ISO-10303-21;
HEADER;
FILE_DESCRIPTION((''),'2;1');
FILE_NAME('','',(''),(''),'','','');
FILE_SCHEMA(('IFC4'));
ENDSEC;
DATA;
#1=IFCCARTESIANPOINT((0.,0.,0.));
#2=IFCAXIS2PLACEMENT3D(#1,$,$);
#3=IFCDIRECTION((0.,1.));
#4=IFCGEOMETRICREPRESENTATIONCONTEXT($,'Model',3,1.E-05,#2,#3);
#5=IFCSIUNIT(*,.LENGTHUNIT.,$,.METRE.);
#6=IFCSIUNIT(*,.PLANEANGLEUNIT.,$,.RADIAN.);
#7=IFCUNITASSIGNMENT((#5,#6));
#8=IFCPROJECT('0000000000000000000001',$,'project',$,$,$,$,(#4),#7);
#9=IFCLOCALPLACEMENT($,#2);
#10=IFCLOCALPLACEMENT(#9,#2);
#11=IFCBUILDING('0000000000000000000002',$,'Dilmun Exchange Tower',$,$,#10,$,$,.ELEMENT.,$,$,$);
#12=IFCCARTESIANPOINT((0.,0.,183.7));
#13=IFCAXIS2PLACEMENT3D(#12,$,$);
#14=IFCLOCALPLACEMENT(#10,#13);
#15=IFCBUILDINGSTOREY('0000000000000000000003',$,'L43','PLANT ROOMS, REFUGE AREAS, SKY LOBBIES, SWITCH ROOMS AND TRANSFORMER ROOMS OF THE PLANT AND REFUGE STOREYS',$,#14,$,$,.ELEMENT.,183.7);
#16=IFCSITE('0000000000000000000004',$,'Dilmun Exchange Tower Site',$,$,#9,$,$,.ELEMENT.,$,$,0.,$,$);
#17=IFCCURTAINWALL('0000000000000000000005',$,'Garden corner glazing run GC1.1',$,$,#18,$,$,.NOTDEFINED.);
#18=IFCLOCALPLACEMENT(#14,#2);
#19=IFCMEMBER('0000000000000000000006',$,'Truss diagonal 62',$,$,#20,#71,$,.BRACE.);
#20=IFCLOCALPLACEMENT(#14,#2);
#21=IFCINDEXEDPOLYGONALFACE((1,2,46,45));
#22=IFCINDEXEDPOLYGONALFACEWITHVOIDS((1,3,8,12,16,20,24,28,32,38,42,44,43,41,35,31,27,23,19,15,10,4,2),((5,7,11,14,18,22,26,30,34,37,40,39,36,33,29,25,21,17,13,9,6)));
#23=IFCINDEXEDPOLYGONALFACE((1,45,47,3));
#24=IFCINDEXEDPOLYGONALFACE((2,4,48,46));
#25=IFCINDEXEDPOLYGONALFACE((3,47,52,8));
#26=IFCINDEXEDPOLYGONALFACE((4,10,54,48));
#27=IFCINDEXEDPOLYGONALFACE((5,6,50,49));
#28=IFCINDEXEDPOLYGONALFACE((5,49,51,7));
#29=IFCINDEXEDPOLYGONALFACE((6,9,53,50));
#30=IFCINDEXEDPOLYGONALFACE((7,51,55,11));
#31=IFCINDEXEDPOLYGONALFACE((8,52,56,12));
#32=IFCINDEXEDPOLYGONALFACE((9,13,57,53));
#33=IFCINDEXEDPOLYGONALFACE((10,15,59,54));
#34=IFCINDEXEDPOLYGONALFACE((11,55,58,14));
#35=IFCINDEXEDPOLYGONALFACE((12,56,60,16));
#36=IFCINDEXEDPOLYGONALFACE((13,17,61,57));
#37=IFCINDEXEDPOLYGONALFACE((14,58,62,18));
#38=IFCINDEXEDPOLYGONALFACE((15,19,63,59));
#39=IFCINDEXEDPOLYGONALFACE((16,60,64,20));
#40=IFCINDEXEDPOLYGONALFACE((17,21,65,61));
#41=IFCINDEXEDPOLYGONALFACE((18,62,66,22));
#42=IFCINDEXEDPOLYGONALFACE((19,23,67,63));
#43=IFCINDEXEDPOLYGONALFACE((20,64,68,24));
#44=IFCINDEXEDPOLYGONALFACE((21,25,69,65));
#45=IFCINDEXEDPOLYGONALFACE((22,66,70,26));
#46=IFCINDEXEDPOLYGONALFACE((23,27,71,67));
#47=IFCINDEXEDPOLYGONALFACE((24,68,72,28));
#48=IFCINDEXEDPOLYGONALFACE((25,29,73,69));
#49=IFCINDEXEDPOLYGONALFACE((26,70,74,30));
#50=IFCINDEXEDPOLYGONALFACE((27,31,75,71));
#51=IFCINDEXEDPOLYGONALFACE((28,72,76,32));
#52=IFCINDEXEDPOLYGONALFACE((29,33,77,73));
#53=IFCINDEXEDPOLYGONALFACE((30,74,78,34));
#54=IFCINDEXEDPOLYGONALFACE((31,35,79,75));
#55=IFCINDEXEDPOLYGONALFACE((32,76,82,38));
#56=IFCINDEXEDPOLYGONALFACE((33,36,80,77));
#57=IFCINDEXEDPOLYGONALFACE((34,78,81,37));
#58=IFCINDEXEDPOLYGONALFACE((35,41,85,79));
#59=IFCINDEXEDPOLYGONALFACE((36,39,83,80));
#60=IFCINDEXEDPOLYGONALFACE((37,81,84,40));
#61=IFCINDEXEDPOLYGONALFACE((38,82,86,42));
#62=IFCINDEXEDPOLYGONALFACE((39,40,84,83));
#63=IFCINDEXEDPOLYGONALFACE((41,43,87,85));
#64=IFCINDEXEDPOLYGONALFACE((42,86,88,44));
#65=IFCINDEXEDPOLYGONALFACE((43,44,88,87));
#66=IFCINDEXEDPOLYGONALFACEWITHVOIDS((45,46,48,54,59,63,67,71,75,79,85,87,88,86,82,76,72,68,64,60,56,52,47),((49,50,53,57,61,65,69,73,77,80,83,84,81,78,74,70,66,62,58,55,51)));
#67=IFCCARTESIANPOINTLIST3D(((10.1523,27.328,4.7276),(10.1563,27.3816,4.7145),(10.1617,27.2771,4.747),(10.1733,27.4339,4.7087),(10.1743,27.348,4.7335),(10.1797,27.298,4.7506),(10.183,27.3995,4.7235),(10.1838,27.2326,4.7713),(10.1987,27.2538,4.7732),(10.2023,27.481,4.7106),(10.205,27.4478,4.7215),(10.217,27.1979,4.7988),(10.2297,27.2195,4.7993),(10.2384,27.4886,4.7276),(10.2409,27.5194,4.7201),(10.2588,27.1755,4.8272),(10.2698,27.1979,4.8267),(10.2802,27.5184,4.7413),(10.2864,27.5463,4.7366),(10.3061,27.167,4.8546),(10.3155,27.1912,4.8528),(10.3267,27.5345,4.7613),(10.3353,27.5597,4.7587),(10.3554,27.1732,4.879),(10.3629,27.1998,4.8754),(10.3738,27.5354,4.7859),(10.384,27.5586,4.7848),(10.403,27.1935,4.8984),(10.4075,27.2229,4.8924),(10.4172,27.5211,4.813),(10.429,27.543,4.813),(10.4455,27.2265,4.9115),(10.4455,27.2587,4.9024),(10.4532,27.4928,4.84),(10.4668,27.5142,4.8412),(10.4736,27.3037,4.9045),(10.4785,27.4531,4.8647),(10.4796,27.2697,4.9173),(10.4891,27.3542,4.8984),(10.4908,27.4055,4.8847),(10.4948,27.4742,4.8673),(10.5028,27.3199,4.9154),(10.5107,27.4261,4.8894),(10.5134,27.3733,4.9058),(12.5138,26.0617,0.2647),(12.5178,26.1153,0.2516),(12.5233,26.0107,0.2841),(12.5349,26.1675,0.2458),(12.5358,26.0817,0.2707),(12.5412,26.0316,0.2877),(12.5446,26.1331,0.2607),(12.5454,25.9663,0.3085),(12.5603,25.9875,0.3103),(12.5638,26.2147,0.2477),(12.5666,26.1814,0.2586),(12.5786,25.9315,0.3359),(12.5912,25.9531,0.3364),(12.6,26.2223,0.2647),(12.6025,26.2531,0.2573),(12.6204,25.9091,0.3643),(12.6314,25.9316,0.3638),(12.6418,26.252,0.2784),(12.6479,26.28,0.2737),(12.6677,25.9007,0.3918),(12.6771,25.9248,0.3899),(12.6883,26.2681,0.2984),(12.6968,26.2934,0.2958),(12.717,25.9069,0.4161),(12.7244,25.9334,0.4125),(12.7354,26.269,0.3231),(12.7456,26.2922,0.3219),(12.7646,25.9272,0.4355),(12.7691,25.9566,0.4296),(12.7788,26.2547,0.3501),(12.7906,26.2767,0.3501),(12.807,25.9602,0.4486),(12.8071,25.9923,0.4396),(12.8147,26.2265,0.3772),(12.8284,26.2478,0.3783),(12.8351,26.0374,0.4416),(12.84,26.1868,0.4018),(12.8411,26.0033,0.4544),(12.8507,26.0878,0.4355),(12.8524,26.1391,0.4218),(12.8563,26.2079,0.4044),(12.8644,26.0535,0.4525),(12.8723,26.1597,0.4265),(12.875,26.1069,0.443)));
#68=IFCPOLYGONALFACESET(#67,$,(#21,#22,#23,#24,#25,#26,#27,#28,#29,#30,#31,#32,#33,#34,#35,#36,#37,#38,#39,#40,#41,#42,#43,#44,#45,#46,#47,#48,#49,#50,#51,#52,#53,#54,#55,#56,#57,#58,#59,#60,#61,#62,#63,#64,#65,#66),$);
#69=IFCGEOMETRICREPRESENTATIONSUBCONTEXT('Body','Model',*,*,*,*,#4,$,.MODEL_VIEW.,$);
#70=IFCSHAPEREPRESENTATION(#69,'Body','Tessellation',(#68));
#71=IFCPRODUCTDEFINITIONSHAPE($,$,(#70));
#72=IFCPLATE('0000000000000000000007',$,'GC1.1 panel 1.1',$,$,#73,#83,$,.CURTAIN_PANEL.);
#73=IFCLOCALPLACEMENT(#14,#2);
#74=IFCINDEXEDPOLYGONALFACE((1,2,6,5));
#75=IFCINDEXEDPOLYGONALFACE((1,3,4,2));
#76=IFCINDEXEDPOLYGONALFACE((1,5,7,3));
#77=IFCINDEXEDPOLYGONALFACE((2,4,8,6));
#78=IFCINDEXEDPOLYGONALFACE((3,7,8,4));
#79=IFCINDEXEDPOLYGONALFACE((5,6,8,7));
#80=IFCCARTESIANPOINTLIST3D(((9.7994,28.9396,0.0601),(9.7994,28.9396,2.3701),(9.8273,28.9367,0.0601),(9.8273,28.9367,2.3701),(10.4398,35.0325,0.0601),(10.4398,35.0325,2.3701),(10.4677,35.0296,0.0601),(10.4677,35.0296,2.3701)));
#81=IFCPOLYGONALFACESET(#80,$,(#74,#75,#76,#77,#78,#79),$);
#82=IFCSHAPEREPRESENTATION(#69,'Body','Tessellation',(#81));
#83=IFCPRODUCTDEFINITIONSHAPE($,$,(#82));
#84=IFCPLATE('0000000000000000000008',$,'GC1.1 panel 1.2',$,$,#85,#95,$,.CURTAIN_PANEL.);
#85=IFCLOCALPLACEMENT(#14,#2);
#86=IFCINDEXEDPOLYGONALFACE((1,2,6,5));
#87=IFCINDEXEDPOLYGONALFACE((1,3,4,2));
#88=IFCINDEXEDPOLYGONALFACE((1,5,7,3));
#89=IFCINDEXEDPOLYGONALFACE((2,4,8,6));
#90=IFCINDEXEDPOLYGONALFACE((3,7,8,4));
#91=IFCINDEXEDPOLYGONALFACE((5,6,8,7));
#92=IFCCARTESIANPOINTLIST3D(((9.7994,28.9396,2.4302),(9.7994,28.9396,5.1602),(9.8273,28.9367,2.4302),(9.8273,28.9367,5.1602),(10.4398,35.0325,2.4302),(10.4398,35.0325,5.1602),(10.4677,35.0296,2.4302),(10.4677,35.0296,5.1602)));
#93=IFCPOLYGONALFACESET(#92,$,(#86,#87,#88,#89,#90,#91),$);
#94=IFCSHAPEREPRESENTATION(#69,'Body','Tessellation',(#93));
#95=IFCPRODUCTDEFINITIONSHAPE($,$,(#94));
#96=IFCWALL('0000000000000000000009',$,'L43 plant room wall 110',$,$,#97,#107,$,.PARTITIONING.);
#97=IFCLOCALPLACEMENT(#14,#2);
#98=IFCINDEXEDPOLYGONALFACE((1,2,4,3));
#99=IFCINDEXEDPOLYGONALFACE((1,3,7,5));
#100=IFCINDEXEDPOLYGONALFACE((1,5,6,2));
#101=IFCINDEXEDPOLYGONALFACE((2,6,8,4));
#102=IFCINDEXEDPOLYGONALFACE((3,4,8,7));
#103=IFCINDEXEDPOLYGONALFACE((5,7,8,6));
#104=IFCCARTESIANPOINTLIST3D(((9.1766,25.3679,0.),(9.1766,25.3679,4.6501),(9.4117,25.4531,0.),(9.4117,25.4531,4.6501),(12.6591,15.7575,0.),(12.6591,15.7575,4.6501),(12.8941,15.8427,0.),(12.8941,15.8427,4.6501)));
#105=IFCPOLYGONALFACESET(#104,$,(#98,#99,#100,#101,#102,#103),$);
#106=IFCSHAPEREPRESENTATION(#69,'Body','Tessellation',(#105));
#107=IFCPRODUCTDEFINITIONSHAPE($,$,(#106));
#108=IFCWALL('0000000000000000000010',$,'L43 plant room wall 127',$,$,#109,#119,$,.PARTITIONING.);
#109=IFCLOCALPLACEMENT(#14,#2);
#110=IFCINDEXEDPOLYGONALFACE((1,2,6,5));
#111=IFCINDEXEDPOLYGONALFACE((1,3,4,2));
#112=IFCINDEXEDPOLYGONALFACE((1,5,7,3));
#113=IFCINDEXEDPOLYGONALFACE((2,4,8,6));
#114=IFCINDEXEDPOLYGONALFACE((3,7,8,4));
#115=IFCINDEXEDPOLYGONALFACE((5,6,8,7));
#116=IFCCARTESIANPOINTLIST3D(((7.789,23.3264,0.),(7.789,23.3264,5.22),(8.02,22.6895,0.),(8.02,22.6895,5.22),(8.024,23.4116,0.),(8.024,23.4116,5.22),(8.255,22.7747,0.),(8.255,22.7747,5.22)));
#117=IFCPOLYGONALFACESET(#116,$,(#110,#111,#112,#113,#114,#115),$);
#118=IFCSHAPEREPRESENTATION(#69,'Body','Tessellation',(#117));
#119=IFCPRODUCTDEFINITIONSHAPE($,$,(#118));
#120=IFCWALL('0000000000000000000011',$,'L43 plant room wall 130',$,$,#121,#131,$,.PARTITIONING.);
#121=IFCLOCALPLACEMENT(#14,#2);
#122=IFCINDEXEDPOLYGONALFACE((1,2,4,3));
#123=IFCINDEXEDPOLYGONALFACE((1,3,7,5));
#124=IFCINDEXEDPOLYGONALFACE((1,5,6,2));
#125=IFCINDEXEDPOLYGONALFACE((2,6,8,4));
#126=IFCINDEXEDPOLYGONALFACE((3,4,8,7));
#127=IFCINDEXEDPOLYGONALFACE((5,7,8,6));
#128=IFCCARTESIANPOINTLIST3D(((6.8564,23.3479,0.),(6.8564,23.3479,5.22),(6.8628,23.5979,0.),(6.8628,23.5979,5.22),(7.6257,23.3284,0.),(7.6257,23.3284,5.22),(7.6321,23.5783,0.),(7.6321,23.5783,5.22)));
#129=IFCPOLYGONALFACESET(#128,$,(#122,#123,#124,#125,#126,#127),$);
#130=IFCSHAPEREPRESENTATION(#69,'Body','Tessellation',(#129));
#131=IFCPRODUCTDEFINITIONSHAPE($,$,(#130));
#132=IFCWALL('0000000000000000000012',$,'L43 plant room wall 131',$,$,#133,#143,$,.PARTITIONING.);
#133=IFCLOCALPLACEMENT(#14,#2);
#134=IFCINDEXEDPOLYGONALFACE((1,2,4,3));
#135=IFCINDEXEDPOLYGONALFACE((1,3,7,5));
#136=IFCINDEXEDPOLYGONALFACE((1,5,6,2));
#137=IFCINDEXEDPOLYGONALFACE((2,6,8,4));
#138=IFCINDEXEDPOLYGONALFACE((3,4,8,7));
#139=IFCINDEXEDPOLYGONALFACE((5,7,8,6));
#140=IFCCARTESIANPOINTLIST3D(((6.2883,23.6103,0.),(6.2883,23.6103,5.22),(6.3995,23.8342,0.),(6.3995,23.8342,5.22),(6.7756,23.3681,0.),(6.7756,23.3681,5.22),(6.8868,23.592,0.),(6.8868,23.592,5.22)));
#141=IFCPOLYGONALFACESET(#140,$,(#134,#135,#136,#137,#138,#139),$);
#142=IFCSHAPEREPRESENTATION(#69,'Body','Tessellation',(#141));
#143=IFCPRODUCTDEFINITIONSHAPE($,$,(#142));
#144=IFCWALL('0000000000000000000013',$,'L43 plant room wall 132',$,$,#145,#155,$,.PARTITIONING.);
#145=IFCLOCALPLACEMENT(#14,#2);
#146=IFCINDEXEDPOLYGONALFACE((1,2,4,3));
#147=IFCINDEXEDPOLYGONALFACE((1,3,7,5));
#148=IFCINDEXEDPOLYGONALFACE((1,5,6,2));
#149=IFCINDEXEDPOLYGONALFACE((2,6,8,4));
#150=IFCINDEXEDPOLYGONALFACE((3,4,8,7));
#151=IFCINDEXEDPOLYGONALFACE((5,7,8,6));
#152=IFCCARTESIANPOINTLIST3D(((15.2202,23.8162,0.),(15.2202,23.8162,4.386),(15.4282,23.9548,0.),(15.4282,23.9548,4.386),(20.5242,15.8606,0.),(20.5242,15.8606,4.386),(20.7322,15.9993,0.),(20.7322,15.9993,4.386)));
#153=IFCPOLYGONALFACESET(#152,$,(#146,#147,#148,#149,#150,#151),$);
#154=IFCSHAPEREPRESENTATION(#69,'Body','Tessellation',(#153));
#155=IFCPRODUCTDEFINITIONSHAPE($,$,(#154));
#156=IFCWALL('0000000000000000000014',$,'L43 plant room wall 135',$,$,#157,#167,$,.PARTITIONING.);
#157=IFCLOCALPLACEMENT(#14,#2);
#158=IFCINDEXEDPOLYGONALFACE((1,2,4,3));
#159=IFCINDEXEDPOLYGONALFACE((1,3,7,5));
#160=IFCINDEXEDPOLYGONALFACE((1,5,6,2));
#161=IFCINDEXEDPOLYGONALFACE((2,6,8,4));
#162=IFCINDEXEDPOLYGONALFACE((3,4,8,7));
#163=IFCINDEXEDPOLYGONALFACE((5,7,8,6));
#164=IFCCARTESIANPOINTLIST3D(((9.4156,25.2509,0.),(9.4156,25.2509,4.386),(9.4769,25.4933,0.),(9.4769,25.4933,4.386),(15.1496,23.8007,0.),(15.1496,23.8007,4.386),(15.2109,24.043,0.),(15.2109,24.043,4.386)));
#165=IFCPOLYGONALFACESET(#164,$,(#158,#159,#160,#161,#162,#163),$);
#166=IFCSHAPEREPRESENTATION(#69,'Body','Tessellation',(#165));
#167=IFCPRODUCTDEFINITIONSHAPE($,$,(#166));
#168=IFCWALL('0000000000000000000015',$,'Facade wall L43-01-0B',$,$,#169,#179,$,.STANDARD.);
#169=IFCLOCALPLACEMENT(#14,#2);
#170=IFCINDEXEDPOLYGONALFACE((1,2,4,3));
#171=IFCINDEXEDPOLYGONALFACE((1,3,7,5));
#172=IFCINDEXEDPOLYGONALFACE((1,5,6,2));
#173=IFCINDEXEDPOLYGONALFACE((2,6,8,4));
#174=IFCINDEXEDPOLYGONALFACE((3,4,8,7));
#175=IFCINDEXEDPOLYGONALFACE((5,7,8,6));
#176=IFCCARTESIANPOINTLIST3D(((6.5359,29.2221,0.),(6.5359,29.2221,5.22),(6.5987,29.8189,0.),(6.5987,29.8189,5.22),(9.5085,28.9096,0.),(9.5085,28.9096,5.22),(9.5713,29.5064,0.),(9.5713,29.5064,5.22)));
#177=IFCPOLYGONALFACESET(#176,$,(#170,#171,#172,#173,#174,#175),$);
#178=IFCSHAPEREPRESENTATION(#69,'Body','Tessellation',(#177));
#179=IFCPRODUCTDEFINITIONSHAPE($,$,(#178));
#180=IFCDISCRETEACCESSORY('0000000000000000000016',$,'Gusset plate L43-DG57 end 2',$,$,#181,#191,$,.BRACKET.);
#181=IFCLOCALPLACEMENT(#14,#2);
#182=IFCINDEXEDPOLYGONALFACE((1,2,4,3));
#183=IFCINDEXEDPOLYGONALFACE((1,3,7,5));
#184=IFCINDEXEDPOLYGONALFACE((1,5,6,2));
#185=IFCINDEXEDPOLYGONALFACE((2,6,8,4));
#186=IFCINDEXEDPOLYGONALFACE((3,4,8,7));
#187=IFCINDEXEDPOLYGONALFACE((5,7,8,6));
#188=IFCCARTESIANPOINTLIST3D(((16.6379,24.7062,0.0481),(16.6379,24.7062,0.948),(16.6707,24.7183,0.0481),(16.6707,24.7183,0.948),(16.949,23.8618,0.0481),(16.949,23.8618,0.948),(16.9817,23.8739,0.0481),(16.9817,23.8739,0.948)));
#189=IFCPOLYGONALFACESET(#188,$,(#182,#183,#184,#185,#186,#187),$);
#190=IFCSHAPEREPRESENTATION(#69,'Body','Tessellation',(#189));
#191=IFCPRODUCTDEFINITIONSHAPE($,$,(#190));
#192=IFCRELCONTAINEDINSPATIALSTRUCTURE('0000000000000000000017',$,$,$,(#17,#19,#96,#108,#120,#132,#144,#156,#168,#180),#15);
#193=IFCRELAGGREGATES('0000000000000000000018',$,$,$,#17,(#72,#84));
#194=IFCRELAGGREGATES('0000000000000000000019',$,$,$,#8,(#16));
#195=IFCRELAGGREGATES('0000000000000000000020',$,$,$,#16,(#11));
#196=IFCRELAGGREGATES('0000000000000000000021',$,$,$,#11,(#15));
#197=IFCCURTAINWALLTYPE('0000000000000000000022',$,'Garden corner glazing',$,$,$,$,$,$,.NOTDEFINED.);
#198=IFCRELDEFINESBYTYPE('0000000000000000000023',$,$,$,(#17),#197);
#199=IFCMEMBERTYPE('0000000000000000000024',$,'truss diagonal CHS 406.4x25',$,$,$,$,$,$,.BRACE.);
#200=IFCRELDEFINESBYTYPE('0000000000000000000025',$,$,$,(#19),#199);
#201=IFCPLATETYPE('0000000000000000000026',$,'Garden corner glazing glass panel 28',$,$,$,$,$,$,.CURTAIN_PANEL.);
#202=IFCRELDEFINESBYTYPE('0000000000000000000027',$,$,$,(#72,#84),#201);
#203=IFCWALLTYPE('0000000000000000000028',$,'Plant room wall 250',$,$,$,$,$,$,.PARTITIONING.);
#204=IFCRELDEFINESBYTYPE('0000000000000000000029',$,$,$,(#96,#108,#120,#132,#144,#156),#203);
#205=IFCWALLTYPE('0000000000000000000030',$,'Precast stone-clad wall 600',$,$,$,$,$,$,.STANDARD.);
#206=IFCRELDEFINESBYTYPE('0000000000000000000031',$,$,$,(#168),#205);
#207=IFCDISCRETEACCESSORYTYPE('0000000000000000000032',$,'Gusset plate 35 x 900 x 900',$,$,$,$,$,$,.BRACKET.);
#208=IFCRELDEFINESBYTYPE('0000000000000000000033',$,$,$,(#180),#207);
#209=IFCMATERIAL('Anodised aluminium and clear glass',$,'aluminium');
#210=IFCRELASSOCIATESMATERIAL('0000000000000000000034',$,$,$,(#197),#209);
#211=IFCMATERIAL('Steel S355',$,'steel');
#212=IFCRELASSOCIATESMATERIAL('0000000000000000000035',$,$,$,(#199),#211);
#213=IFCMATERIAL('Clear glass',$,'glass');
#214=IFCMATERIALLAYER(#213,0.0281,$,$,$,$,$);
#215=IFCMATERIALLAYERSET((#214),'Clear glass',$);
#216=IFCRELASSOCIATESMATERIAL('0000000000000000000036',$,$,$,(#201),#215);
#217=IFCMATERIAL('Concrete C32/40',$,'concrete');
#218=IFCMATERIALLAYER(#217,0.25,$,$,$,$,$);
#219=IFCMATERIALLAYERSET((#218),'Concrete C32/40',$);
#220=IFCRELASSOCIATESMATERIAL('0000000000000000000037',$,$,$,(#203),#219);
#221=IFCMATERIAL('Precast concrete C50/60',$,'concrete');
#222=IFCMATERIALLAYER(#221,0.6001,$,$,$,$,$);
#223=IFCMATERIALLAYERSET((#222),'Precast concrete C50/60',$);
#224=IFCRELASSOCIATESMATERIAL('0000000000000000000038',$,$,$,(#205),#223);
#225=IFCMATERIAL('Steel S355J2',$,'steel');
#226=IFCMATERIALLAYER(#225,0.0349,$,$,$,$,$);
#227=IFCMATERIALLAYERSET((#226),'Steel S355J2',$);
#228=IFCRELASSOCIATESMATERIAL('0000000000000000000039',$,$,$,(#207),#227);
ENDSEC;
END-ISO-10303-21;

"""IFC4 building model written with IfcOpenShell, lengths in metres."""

from ifc_helpers import new_model, si_unit, direction, frame, frame_2d, origin, origin_2d, place, context, subcontext, project, spatial, rectangle, hollow_circle, extrude, material, layer, layer_set, material_profile, profile_set, type_object, element, aggregate, save


model = new_model("IFC4")

# Units and contexts
model_context = context("Model", 3, precision=1e-05, world=origin(), true_north=direction((0.0, 1.0)))
body_context = subcontext(model_context, "Body", "Model", "MODEL_VIEW")
ifc_project = project(units=[si_unit("LENGTHUNIT", "METRE"), si_unit("PLANEANGLEUNIT", "RADIAN")], contexts=[model_context])

# Site, building, storey
site_placement = place(None, origin())
site = spatial("IfcSite", under=ifc_project, at=site_placement, Name="Dilmun Exchange Tower Site", CompositionType="ELEMENT", RefElevation=0.0)
building_placement = place(site_placement, origin())
building = spatial("IfcBuilding", under=site, at=building_placement, Name="Dilmun Exchange Tower", CompositionType="ELEMENT")
storey_placement = place(building_placement, frame((0.0, 0.0, 183.7)))
storey = spatial("IfcBuildingStorey", under=building, at=storey_placement, Name="L43", Description="PLANT ROOMS, REFUGE AREAS, SKY LOBBIES, SWITCH ROOMS AND TRANSFORMER ROOMS OF THE PLANT AND REFUGE STOREYS", CompositionType="ELEMENT", Elevation=183.7)

# Curtain wall
ifc_material_1 = material(Name="Anodised aluminium and clear glass", Category="aluminium")
curtain_wall_type = type_object("IfcCurtainWallType", Name="Garden corner glazing", PredefinedType="NOTDEFINED", material=ifc_material_1)
curtain_wall_placement = place(storey_placement, origin())
curtain_wall = element("IfcCurtainWall", 1, at=curtain_wall_placement, inside=storey, type_object=curtain_wall_type, Name="Garden corner glazing run GC1.1", PredefinedType="NOTDEFINED")

# Shared definitions
ifc_material_2 = material(Name="Steel S355", Category="steel")

# Member
ifc_material_profile_1 = material_profile(ifc_material_2, hollow_circle(Radius=0.2031, WallThickness=0.0249, at=origin_2d()), Name="CHS 406.4x25")
ifc_profile_set_1 = profile_set([ifc_material_profile_1], Name="Steel S355")
member_type_1 = type_object("IfcMemberType", Name="truss diagonal CHS 406.4x25", PredefinedType="BRACE", material=ifc_profile_set_1)
member_1_placement = place(storey_placement, frame((10.333, 27.364, 4.813), z_axis=(0.453662, -0.243269, -0.857328), x_axis=(0.472578, 0.881289, 0.0)))
element("IfcMember", 2, at=member_1_placement, inside=storey, type_object=member_type_1, Name="Truss diagonal 62", PredefinedType="BRACE", context=body_context, shape_type="SweptSolid", body=[
    extrude(hollow_circle(Radius=0.2031, WallThickness=0.0249, at=origin_2d()), origin(), (0.0, 0.0, 1.0), 5.2056),
])

# Plates
ifc_material_3 = material(Name="Clear glass", Category="glass")
ifc_layer_1 = layer(ifc_material_3, 0.0281)
ifc_layer_set_1 = layer_set([ifc_layer_1], Name="Clear glass")
plate_type = type_object("IfcPlateType", Name="Garden corner glazing glass panel 28", PredefinedType="CURTAIN_PANEL", material=ifc_layer_set_1)
plate_1_placement = place(storey_placement, frame((10.1335, 31.9846, 0.0601), z_axis=(0.0, 0.0, 1.0), x_axis=(-0.104524, -0.994522, 0.0)))
plate_1 = element("IfcPlate", 3, at=plate_1_placement, type_object=plate_type, Name="GC1.1 panel 1.1", PredefinedType="CURTAIN_PANEL", context=body_context, shape_type="SweptSolid", body=[
    extrude(rectangle(XDim=6.1265, YDim=0.0281, at=origin_2d()), origin(), (0.0, 0.0, 1.0), 2.3101),
])
plate_2_placement = place(storey_placement, frame((10.1335, 31.9846, 2.4302), z_axis=(0.0, 0.0, 1.0), x_axis=(-0.104524, -0.994522, 0.0)))
plate_2 = element("IfcPlate", 4, at=plate_2_placement, type_object=plate_type, Name="GC1.1 panel 1.2", PredefinedType="CURTAIN_PANEL", context=body_context, shape_type="SweptSolid", body=[
    extrude(rectangle(XDim=6.1265, YDim=0.0281, at=origin_2d()), origin(), (0.0, 0.0, 1.0), 2.73),
])
aggregate(curtain_wall, [plate_1, plate_2])

# Walls
ifc_material_4 = material(Name="Concrete C32/40", Category="concrete")
ifc_layer_2 = layer(ifc_material_4, 0.25)
ifc_layer_set_2 = layer_set([ifc_layer_2], Name="Concrete C32/40")
wall_type_1 = type_object("IfcWallType", Name="Plant room wall 250", PredefinedType="PARTITIONING", material=ifc_layer_set_2)
wall_1_placement = place(storey_placement, frame((9.2942, 25.4104, 0.0), z_axis=(0.0, 0.0, 1.0), x_axis=(0.340684, -0.940178, 0.0)))
element("IfcWall", 5, at=wall_1_placement, inside=storey, type_object=wall_type_1, Name="L43 plant room wall 110", PredefinedType="PARTITIONING", context=body_context, shape_type="SweptSolid", body=[
    extrude(rectangle(XDim=10.2219, YDim=0.25, at=frame_2d((5.1108, 0.0))), origin(), (0.0, 0.0, 1.0), 4.6501),
])
wall_2_placement = place(storey_placement, frame((7.9065, 23.3691, 0.0), z_axis=(0.0, 0.0, 1.0), x_axis=(0.340875, -0.940109, 0.0)))
element("IfcWall", 6, at=wall_2_placement, inside=storey, type_object=wall_type_1, Name="L43 plant room wall 127", PredefinedType="PARTITIONING", context=body_context, shape_type="SweptSolid", body=[
    extrude(rectangle(XDim=0.6775, YDim=0.25, at=frame_2d((0.3389, 0.0))), origin(), (0.0, 0.0, 1.0), 5.22),
])
wall_3_placement = place(storey_placement, frame((6.8596, 23.4729, 0.0), z_axis=(0.0, 0.0, 1.0), x_axis=(0.999678, -0.025381, 0.0)))
element("IfcWall", 7, at=wall_3_placement, inside=storey, type_object=wall_type_1, Name="L43 plant room wall 130", PredefinedType="PARTITIONING", context=body_context, shape_type="SweptSolid", body=[
    extrude(rectangle(XDim=0.7695, YDim=0.25, at=frame_2d((0.3848, 0.0))), origin(), (0.0, 0.0, 1.0), 5.22),
])
wall_4_placement = place(storey_placement, frame((6.344, 23.7222, 0.0), z_axis=(0.0, 0.0, 1.0), x_axis=(0.895501, -0.445059, 0.0)))
element("IfcWall", 8, at=wall_4_placement, inside=storey, type_object=wall_type_1, Name="L43 plant room wall 131", PredefinedType="PARTITIONING", context=body_context, shape_type="SweptSolid", body=[
    extrude(rectangle(XDim=0.5442, YDim=0.25, at=frame_2d((0.272, 0.0))), origin(), (0.0, 0.0, 1.0), 5.22),
])
wall_5_placement = place(storey_placement, frame((15.3242, 23.8855, 0.0), z_axis=(0.0, 0.0, 1.0), x_axis=(0.554718, -0.832039, 0.0)))
element("IfcWall", 9, at=wall_5_placement, inside=storey, type_object=wall_type_1, Name="L43 plant room wall 132", PredefinedType="PARTITIONING", context=body_context, shape_type="SweptSolid", body=[
    extrude(rectangle(XDim=9.5615, YDim=0.25, at=frame_2d((4.7808, 0.0))), origin(), (0.0, 0.0, 1.0), 4.386),
])
wall_6_placement = place(storey_placement, frame((9.4463, 25.3721, 0.0), z_axis=(0.0, 0.0, 1.0), x_axis=(0.969474, -0.245196, 0.0)))
element("IfcWall", 10, at=wall_6_placement, inside=storey, type_object=wall_type_1, Name="L43 plant room wall 135", PredefinedType="PARTITIONING", context=body_context, shape_type="SweptSolid", body=[
    extrude(rectangle(XDim=5.9146, YDim=0.25, at=frame_2d((2.9573, 0.0))), origin(), (0.0, 0.0, 1.0), 4.386),
])
ifc_material_5 = material(Name="Precast concrete C50/60", Category="concrete")
ifc_layer_3 = layer(ifc_material_5, 0.6001)
ifc_layer_set_3 = layer_set([ifc_layer_3], Name="Precast concrete C50/60")
wall_type_2 = type_object("IfcWallType", Name="Precast stone-clad wall 600", PredefinedType="STANDARD", material=ifc_layer_set_3)
wall_7_placement = place(storey_placement, frame((9.54, 29.208, 0.0), z_axis=(0.0, 0.0, 1.0), x_axis=(-0.99452, 0.104549, 0.0)))
element("IfcWall", 11, at=wall_7_placement, inside=storey, type_object=wall_type_2, Name="Facade wall L43-01-0B", PredefinedType="STANDARD", context=body_context, shape_type="SweptSolid", body=[
    extrude(rectangle(XDim=2.989, YDim=0.6001, at=frame_2d((1.4946, 0.0))), origin(), (0.0, 0.0, 1.0), 5.22),
])

# Discrete accessory
ifc_material_6 = material(Name="Steel S355J2", Category="steel")
ifc_layer_4 = layer(ifc_material_6, 0.0349)
ifc_layer_set_4 = layer_set([ifc_layer_4], Name="Steel S355J2")
discrete_accessory_type = type_object("IfcDiscreteAccessoryType", Name="Gusset plate 35 x 900 x 900", PredefinedType="BRACKET", material=ifc_layer_set_4)
for number, where, z_axis, x_axis, name in (
    (12, (16.8098, 24.29, 0.0481), (0.0, 0.0, 1.0), (-0.345631, 0.938371, 0.0), "Gusset plate L43-DG57 end 2"),
):
    element("IfcDiscreteAccessory", number, at=place(storey_placement, frame(where, z_axis=z_axis, x_axis=x_axis)), inside=storey, type_object=discrete_accessory_type, Name=name, PredefinedType="BRACKET", context=body_context, shape_type="SweptSolid", body=[
        extrude(rectangle(XDim=0.8999, YDim=0.0349, at=origin_2d()), origin(), (0.0, 0.0, 1.0), 0.8999),
    ])

save(model, "model.ifc")
